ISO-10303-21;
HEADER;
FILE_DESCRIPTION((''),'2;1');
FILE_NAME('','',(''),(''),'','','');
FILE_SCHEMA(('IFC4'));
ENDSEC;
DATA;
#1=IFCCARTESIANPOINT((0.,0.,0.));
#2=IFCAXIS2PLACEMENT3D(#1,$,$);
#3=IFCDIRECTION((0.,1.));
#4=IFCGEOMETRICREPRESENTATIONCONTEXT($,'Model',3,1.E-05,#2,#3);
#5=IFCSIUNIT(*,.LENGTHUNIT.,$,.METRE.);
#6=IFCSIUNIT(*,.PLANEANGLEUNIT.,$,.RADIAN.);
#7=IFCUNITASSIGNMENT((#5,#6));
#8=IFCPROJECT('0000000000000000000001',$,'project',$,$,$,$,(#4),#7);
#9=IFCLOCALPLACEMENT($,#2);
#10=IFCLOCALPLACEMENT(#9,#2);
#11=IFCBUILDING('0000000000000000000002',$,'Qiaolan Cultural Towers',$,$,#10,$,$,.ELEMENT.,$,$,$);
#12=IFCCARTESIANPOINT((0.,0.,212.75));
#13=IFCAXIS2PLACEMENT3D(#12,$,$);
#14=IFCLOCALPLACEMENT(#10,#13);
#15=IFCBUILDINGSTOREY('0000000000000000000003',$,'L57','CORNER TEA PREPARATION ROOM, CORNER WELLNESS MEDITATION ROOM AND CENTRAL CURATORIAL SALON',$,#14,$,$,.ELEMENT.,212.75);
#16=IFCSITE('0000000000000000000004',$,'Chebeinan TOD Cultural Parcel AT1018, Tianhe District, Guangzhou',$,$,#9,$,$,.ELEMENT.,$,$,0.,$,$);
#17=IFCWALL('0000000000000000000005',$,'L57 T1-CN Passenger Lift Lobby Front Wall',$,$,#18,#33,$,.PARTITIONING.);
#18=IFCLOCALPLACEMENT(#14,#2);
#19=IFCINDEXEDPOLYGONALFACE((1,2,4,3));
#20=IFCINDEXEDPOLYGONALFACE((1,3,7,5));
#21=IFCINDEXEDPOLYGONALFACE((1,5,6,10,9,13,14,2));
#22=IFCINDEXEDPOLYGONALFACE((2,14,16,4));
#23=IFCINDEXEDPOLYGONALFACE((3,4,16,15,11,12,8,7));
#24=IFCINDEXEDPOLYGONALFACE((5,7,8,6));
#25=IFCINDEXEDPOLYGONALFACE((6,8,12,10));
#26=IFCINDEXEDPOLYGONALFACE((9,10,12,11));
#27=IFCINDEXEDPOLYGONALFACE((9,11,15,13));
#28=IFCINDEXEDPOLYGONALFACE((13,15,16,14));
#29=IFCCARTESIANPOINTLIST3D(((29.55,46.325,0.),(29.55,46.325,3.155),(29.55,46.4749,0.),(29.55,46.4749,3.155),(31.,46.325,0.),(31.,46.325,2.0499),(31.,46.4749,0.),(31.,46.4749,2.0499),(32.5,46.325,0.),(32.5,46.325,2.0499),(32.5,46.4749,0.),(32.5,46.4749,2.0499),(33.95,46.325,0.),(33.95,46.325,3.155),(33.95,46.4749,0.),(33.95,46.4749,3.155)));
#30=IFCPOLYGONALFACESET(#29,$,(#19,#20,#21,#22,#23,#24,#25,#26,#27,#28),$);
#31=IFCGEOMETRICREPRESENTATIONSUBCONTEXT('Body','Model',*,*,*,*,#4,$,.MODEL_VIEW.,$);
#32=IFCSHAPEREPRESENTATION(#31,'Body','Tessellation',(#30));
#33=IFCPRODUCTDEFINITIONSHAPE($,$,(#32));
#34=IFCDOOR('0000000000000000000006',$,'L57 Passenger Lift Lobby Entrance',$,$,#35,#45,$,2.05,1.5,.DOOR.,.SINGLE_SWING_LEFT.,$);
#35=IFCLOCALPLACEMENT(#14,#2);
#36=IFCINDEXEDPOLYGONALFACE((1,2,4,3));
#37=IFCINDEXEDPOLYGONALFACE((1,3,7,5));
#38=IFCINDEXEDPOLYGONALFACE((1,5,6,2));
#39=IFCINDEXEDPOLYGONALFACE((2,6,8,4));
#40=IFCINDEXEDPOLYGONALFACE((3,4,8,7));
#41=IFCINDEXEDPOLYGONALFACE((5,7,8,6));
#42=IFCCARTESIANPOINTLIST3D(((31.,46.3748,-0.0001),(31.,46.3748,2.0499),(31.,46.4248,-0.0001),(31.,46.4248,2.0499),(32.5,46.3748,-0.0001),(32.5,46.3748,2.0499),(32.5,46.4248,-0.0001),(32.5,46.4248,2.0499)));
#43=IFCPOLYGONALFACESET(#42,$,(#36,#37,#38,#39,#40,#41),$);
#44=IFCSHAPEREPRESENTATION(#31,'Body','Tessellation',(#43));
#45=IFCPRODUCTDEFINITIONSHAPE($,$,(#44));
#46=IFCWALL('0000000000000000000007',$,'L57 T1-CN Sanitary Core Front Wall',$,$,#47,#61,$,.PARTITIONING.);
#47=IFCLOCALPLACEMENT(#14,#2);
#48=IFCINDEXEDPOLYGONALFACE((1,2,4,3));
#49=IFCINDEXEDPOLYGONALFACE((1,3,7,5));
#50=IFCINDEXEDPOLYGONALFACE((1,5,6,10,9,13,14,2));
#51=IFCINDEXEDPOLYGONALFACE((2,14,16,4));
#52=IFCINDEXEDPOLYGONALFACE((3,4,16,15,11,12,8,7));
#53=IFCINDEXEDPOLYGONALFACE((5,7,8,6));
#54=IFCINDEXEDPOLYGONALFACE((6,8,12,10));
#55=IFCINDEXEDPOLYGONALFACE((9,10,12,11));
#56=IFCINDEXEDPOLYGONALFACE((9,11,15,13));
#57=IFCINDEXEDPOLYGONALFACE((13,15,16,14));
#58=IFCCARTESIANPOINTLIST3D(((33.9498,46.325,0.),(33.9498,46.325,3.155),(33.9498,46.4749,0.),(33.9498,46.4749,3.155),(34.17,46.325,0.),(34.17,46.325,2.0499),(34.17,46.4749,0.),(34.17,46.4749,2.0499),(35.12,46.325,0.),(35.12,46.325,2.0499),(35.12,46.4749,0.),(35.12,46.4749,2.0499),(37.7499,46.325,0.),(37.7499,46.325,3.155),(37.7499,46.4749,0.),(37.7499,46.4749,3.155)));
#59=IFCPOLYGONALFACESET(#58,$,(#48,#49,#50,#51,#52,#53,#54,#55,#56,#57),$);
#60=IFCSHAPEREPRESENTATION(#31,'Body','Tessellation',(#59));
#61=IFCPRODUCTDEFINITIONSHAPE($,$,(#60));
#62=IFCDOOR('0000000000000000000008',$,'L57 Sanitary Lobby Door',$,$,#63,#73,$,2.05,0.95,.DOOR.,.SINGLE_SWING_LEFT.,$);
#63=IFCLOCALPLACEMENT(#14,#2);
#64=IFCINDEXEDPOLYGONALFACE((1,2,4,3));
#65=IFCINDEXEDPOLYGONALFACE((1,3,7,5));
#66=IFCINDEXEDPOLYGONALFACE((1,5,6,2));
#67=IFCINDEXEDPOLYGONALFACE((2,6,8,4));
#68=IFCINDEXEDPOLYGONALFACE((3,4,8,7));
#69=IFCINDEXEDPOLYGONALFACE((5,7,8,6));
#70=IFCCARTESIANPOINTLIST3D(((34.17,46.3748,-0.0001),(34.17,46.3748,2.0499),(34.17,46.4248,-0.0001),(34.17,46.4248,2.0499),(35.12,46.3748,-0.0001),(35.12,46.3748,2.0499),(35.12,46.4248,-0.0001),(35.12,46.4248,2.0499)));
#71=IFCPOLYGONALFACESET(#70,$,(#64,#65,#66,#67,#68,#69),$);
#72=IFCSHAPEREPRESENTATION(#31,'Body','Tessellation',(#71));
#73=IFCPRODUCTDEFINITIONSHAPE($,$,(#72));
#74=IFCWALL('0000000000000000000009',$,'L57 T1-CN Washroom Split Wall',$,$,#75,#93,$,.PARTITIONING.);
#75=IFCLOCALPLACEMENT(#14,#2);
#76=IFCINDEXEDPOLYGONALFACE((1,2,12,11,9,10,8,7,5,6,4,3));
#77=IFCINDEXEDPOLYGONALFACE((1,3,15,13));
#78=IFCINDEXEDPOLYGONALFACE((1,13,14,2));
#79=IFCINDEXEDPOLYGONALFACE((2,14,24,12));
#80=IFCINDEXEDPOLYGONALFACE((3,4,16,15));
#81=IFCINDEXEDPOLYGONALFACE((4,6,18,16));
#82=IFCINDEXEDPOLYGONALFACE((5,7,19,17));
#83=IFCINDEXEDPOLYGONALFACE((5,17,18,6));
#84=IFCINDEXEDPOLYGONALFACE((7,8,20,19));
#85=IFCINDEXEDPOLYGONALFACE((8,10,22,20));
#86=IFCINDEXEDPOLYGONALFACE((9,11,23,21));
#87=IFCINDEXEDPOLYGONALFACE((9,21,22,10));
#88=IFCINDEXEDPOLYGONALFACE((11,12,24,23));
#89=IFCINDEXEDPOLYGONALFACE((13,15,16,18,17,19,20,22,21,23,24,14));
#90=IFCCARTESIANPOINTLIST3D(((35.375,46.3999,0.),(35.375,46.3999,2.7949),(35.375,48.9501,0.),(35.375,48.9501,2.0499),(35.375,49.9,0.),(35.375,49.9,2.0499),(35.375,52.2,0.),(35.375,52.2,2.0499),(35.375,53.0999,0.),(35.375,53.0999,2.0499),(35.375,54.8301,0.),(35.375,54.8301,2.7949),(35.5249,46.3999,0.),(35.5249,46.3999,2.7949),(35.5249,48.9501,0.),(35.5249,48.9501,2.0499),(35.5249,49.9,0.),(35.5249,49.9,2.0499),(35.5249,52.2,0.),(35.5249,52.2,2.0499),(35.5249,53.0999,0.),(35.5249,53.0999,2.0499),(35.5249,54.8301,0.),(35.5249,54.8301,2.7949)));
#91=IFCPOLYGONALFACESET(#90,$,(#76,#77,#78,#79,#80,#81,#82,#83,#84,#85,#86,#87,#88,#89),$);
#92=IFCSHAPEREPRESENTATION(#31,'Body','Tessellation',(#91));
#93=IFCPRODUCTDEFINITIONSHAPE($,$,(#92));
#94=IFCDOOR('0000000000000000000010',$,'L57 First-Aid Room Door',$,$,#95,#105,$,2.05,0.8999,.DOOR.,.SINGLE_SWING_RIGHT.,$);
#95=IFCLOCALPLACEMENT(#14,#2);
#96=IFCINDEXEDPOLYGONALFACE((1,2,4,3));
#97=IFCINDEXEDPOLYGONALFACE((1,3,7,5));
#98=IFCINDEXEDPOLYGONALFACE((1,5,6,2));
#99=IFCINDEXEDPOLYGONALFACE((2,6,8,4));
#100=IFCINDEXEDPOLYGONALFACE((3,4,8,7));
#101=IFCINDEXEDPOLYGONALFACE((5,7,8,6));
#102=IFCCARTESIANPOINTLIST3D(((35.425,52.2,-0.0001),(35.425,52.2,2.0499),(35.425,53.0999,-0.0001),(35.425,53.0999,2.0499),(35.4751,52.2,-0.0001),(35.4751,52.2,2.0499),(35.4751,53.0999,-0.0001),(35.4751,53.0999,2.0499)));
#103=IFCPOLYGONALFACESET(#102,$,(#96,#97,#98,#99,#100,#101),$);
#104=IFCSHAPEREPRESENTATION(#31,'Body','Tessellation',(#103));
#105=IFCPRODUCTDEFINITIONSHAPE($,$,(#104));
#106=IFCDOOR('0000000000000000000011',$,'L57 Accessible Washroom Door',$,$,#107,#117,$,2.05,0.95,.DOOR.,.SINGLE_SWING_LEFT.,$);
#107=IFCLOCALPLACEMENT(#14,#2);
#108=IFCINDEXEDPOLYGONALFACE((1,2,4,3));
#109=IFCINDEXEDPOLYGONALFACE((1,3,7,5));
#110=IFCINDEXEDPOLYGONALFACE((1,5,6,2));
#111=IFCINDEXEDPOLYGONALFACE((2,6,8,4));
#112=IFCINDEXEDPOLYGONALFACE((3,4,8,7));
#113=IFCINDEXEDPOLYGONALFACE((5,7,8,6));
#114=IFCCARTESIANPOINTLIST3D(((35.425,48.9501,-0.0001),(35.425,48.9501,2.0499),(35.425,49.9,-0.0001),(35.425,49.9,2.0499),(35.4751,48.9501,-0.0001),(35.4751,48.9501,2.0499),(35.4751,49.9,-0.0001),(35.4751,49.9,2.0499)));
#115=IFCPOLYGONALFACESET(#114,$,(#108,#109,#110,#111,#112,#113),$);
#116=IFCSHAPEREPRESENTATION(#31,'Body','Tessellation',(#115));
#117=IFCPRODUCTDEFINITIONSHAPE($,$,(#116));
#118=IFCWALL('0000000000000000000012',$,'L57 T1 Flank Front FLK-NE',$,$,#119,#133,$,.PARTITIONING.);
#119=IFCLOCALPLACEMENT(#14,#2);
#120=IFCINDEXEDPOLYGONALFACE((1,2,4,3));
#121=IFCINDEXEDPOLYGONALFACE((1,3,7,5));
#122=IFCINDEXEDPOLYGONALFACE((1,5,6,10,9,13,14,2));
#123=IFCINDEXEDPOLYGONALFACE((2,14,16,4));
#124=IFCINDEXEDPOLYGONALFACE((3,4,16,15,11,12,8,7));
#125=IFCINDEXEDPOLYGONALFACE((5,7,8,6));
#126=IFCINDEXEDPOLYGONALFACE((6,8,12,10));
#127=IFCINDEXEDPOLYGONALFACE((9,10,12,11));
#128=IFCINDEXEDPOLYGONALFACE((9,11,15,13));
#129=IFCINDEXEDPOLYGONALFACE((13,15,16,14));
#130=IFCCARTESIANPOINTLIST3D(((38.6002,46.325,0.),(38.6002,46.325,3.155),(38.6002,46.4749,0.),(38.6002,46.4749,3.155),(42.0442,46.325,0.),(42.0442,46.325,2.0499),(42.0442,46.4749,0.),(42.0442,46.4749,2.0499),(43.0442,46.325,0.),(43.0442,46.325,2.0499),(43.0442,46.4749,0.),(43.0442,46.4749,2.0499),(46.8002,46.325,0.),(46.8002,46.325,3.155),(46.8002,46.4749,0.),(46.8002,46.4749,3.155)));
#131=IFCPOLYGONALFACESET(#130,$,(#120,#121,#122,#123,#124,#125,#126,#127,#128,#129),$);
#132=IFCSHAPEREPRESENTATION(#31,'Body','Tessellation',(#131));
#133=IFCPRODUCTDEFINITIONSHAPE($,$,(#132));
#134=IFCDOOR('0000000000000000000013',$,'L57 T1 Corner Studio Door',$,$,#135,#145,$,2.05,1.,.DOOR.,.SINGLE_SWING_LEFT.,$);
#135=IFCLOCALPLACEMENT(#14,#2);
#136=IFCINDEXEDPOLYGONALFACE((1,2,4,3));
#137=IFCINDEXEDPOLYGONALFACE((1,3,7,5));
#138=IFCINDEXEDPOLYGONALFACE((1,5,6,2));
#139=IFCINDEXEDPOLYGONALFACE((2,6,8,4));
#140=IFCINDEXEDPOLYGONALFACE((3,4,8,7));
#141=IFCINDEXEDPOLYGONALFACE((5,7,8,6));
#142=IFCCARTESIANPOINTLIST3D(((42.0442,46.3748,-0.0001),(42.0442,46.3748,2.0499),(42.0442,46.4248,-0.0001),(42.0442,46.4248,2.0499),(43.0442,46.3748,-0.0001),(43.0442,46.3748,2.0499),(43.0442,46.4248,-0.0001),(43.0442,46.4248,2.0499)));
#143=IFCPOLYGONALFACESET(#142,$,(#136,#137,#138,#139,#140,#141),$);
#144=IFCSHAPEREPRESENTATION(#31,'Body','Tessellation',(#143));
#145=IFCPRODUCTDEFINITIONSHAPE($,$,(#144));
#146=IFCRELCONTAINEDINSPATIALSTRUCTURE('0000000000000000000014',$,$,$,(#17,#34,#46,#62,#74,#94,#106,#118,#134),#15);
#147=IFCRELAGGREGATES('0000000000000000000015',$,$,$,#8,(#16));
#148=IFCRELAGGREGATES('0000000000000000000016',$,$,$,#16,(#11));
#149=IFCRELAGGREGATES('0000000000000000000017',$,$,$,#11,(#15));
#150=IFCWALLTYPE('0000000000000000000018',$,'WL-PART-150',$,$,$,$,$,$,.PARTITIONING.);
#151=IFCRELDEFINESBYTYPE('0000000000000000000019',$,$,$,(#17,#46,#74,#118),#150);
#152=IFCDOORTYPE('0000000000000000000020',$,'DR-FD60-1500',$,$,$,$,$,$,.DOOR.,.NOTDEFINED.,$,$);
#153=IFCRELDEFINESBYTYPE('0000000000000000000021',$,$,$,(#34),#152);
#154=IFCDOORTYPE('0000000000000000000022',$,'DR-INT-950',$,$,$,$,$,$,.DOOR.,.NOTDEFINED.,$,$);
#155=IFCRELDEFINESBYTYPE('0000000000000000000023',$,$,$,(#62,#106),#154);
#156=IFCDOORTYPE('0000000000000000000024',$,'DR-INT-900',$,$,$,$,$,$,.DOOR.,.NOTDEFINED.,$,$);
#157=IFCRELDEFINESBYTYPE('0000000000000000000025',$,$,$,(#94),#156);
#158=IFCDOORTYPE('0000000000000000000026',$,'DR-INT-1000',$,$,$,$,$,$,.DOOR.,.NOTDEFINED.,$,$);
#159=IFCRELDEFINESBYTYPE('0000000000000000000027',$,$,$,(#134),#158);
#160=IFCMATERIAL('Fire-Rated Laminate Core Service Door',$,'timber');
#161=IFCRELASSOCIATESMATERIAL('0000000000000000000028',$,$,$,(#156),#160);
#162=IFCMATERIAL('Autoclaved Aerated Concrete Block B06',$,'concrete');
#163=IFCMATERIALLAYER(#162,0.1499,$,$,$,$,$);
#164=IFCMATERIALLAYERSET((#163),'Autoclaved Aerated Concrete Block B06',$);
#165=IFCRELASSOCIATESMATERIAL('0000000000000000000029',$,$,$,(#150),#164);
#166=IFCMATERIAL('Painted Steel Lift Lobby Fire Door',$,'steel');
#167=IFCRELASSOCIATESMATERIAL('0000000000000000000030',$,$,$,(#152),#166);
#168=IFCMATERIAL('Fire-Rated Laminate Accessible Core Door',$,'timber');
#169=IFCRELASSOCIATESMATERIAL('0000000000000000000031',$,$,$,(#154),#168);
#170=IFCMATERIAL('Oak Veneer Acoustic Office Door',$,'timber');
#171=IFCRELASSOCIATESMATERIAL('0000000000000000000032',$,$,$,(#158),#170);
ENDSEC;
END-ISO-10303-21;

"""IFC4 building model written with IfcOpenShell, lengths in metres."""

from ifc_helpers import new_model, si_unit, direction, frame, frame_2d, origin, place, context, subcontext, project, spatial, rectangle, extrude, material, layer, layer_set, type_object, element, fill, save


model = new_model("IFC4")

# Units and contexts
model_context = context("Model", 3, precision=1e-05, world=origin(), true_north=direction((0.0, 1.0)))
body_context = subcontext(model_context, "Body", "Model", "MODEL_VIEW")
ifc_project = project(units=[si_unit("LENGTHUNIT", "METRE"), si_unit("PLANEANGLEUNIT", "RADIAN")], contexts=[model_context])

# Site, building, storey
site_placement = place(None, origin())
site = spatial("IfcSite", under=ifc_project, at=site_placement, Name="Chebeinan TOD Cultural Parcel AT1018, Tianhe District, Guangzhou", CompositionType="ELEMENT", RefElevation=0.0)
building_placement = place(site_placement, origin())
building = spatial("IfcBuilding", under=site, at=building_placement, Name="Qiaolan Cultural Towers", CompositionType="ELEMENT")
storey_placement = place(building_placement, frame((0.0, 0.0, 212.75)))
storey = spatial("IfcBuildingStorey", under=building, at=storey_placement, Name="L57", Description="CORNER TEA PREPARATION ROOM, CORNER WELLNESS MEDITATION ROOM AND CENTRAL CURATORIAL SALON", CompositionType="ELEMENT", Elevation=212.75)

# Shared definitions
ifc_material_1 = material(Name="Fire-Rated Laminate Core Service Door", Category="timber")
door_type_1 = type_object("IfcDoorType", Name="DR-INT-900", OperationType="NOTDEFINED", PredefinedType="DOOR", material=ifc_material_1)

# Walls, openings, doors
ifc_material_2 = material(Name="Autoclaved Aerated Concrete Block B06", Category="concrete")
ifc_layer_1 = layer(ifc_material_2, 0.1499)
ifc_layer_set_1 = layer_set([ifc_layer_1], Name="Autoclaved Aerated Concrete Block B06")
wall_type_1 = type_object("IfcWallType", Name="WL-PART-150", PredefinedType="PARTITIONING", material=ifc_layer_set_1)
wall_1_placement = place(storey_placement, frame((29.55, 46.3999, 0.0), z_axis=(0.0, 0.0, 1.0), x_axis=(1.0, 0.0, 0.0)))
wall_1 = element("IfcWall", 1, at=wall_1_placement, inside=storey, type_object=wall_type_1, Name="L57 T1-CN Passenger Lift Lobby Front Wall", PredefinedType="PARTITIONING", context=body_context, shape_type="SweptSolid", body=[
    extrude(rectangle(XDim=4.3999, YDim=0.1499, at=frame_2d((2.2, 0.0))), origin(), (0.0, 0.0, 1.0), 3.155),
])
opening_1_placement = place(wall_1_placement, frame((1.45, 0.0, 0.0)))
opening_1 = element("IfcOpeningElement", 2, at=opening_1_placement, cuts=wall_1, PredefinedType="OPENING", context=body_context, shape_type="SweptSolid", body=[
    extrude(rectangle(XDim=1.5, YDim=2.05, at=frame_2d((0.75, 1.0249))), frame((0.0, 0.085, 0.0), z_axis=(0.0, -1.0, 0.0), x_axis=(1.0, 0.0, 0.0)), (0.0, 0.0, 1.0), 0.1699),
])
ifc_material_3 = material(Name="Painted Steel Lift Lobby Fire Door", Category="steel")
door_type_2 = type_object("IfcDoorType", Name="DR-FD60-1500", OperationType="NOTDEFINED", PredefinedType="DOOR", material=ifc_material_3)
door_1_placement = place(opening_1_placement, origin())
door_1 = element("IfcDoor", 3, at=door_1_placement, inside=storey, type_object=door_type_2, Name="L57 Passenger Lift Lobby Entrance", OperationType="SINGLE_SWING_LEFT", OverallHeight=2.05, OverallWidth=1.5, PredefinedType="DOOR", context=body_context, shape_type="SweptSolid", body=[
    extrude(rectangle(XDim=1.5, YDim=2.05, at=frame_2d((0.75, 1.0249))), frame((0.0, 0.0249, 0.0), z_axis=(0.0, -1.0, 0.0), x_axis=(1.0, 0.0, 0.0)), (0.0, 0.0, 1.0), 0.05),
])
fill(opening_1, door_1)
wall_2_placement = place(storey_placement, frame((33.95, 46.3999, 0.0), z_axis=(0.0, 0.0, 1.0), x_axis=(1.0, 0.0, 0.0)))
wall_2 = element("IfcWall", 4, at=wall_2_placement, inside=storey, type_object=wall_type_1, Name="L57 T1-CN Sanitary Core Front Wall", PredefinedType="PARTITIONING", context=body_context, shape_type="SweptSolid", body=[
    extrude(rectangle(XDim=3.8, YDim=0.1499, at=frame_2d((1.8999, 0.0))), origin(), (0.0, 0.0, 1.0), 3.155),
])
opening_2_placement = place(wall_2_placement, frame((0.22, 0.0, 0.0)))
opening_2 = element("IfcOpeningElement", 5, at=opening_2_placement, cuts=wall_2, PredefinedType="OPENING", context=body_context, shape_type="SweptSolid", body=[
    extrude(rectangle(XDim=0.95, YDim=2.05, at=frame_2d((0.4751, 1.0249))), frame((0.0, 0.085, 0.0), z_axis=(0.0, -1.0, 0.0), x_axis=(1.0, 0.0, 0.0)), (0.0, 0.0, 1.0), 0.1699),
])
ifc_material_4 = material(Name="Fire-Rated Laminate Accessible Core Door", Category="timber")
door_type_3 = type_object("IfcDoorType", Name="DR-INT-950", OperationType="NOTDEFINED", PredefinedType="DOOR", material=ifc_material_4)
door_2_placement = place(opening_2_placement, origin())
door_2 = element("IfcDoor", 6, at=door_2_placement, inside=storey, type_object=door_type_3, Name="L57 Sanitary Lobby Door", OperationType="SINGLE_SWING_LEFT", OverallHeight=2.05, OverallWidth=0.95, PredefinedType="DOOR", context=body_context, shape_type="SweptSolid", body=[
    extrude(rectangle(XDim=0.95, YDim=2.05, at=frame_2d((0.4751, 1.0249))), frame((0.0, 0.0249, 0.0), z_axis=(0.0, -1.0, 0.0), x_axis=(1.0, 0.0, 0.0)), (0.0, 0.0, 1.0), 0.05),
])
fill(opening_2, door_2)

# Wall, openings, doors
wall_3_placement = place(storey_placement, frame((35.45, 46.3999, 0.0), z_axis=(0.0, 0.0, 1.0), x_axis=(0.0, 1.0, 0.0)))
wall_3 = element("IfcWall", 7, at=wall_3_placement, inside=storey, type_object=wall_type_1, Name="L57 T1-CN Washroom Split Wall", PredefinedType="PARTITIONING", context=body_context, shape_type="SweptSolid", body=[
    extrude(rectangle(XDim=8.4302, YDim=0.1499, at=frame_2d((4.2151, 0.0))), origin(), (0.0, 0.0, 1.0), 2.7949),
])
opening_3_placement = place(wall_3_placement, frame((2.55, 0.0, 0.0)))
opening_3 = element("IfcOpeningElement", 8, at=opening_3_placement, cuts=wall_3, PredefinedType="OPENING", context=body_context, shape_type="SweptSolid", body=[
    extrude(rectangle(XDim=0.95, YDim=2.05, at=frame_2d((0.4751, 1.0249))), frame((0.0, 0.085, 0.0), z_axis=(0.0, -1.0, 0.0), x_axis=(1.0, 0.0, 0.0)), (0.0, 0.0, 1.0), 0.1699),
])
opening_4_placement = place(wall_3_placement, frame((5.8, 0.0, 0.0)))
opening_4 = element("IfcOpeningElement", 9, at=opening_4_placement, cuts=wall_3, PredefinedType="OPENING", context=body_context, shape_type="SweptSolid", body=[
    extrude(rectangle(XDim=0.8999, YDim=2.05, at=frame_2d((0.45, 1.0249))), frame((0.0, 0.085, 0.0), z_axis=(0.0, -1.0, 0.0), x_axis=(1.0, 0.0, 0.0)), (0.0, 0.0, 1.0), 0.1699),
])
door_3_placement = place(opening_4_placement, origin())
door_3 = element("IfcDoor", 10, at=door_3_placement, inside=storey, type_object=door_type_1, Name="L57 First-Aid Room Door", OperationType="SINGLE_SWING_RIGHT", OverallHeight=2.05, OverallWidth=0.8999, PredefinedType="DOOR", context=body_context, shape_type="SweptSolid", body=[
    extrude(rectangle(XDim=0.8999, YDim=2.05, at=frame_2d((0.45, 1.0249))), frame((0.0, 0.0249, 0.0), z_axis=(0.0, -1.0, 0.0), x_axis=(1.0, 0.0, 0.0)), (0.0, 0.0, 1.0), 0.05),
])
fill(opening_4, door_3)
door_4_placement = place(opening_3_placement, origin())
door_4 = element("IfcDoor", 11, at=door_4_placement, inside=storey, type_object=door_type_3, Name="L57 Accessible Washroom Door", OperationType="SINGLE_SWING_LEFT", OverallHeight=2.05, OverallWidth=0.95, PredefinedType="DOOR", context=body_context, shape_type="SweptSolid", body=[
    extrude(rectangle(XDim=0.95, YDim=2.05, at=frame_2d((0.4751, 1.0249))), frame((0.0, 0.0249, 0.0), z_axis=(0.0, -1.0, 0.0), x_axis=(1.0, 0.0, 0.0)), (0.0, 0.0, 1.0), 0.05),
])
fill(opening_3, door_4)

# Wall, opening, door
wall_4_placement = place(storey_placement, frame((38.6001, 46.3999, 0.0), z_axis=(0.0, 0.0, 1.0), x_axis=(1.0, 0.0, 0.0)))
wall_4 = element("IfcWall", 12, at=wall_4_placement, inside=storey, type_object=wall_type_1, Name="L57 T1 Flank Front FLK-NE", PredefinedType="PARTITIONING", context=body_context, shape_type="SweptSolid", body=[
    extrude(rectangle(XDim=8.2, YDim=0.1499, at=frame_2d((4.1001, 0.0))), origin(), (0.0, 0.0, 1.0), 3.155),
])
opening_5_placement = place(wall_4_placement, frame((3.4441, 0.0, 0.0)))
opening_5 = element("IfcOpeningElement", 13, at=opening_5_placement, cuts=wall_4, PredefinedType="OPENING", context=body_context, shape_type="SweptSolid", body=[
    extrude(rectangle(XDim=1.0, YDim=2.05, at=frame_2d((0.5, 1.0249))), frame((0.0, 0.085, 0.0), z_axis=(0.0, -1.0, 0.0), x_axis=(1.0, 0.0, 0.0)), (0.0, 0.0, 1.0), 0.1699),
])
ifc_material_5 = material(Name="Oak Veneer Acoustic Office Door", Category="timber")
door_type_4 = type_object("IfcDoorType", Name="DR-INT-1000", OperationType="NOTDEFINED", PredefinedType="DOOR", material=ifc_material_5)
door_5_placement = place(opening_5_placement, origin())
door_5 = element("IfcDoor", 14, at=door_5_placement, inside=storey, type_object=door_type_4, Name="L57 T1 Corner Studio Door", OperationType="SINGLE_SWING_LEFT", OverallHeight=2.05, OverallWidth=1.0, PredefinedType="DOOR", context=body_context, shape_type="SweptSolid", body=[
    extrude(rectangle(XDim=1.0, YDim=2.05, at=frame_2d((0.5, 1.0249))), frame((0.0, 0.0249, 0.0), z_axis=(0.0, -1.0, 0.0), x_axis=(1.0, 0.0, 0.0)), (0.0, 0.0, 1.0), 0.05),
])
fill(opening_5, door_5)

save(model, "model.ifc")
